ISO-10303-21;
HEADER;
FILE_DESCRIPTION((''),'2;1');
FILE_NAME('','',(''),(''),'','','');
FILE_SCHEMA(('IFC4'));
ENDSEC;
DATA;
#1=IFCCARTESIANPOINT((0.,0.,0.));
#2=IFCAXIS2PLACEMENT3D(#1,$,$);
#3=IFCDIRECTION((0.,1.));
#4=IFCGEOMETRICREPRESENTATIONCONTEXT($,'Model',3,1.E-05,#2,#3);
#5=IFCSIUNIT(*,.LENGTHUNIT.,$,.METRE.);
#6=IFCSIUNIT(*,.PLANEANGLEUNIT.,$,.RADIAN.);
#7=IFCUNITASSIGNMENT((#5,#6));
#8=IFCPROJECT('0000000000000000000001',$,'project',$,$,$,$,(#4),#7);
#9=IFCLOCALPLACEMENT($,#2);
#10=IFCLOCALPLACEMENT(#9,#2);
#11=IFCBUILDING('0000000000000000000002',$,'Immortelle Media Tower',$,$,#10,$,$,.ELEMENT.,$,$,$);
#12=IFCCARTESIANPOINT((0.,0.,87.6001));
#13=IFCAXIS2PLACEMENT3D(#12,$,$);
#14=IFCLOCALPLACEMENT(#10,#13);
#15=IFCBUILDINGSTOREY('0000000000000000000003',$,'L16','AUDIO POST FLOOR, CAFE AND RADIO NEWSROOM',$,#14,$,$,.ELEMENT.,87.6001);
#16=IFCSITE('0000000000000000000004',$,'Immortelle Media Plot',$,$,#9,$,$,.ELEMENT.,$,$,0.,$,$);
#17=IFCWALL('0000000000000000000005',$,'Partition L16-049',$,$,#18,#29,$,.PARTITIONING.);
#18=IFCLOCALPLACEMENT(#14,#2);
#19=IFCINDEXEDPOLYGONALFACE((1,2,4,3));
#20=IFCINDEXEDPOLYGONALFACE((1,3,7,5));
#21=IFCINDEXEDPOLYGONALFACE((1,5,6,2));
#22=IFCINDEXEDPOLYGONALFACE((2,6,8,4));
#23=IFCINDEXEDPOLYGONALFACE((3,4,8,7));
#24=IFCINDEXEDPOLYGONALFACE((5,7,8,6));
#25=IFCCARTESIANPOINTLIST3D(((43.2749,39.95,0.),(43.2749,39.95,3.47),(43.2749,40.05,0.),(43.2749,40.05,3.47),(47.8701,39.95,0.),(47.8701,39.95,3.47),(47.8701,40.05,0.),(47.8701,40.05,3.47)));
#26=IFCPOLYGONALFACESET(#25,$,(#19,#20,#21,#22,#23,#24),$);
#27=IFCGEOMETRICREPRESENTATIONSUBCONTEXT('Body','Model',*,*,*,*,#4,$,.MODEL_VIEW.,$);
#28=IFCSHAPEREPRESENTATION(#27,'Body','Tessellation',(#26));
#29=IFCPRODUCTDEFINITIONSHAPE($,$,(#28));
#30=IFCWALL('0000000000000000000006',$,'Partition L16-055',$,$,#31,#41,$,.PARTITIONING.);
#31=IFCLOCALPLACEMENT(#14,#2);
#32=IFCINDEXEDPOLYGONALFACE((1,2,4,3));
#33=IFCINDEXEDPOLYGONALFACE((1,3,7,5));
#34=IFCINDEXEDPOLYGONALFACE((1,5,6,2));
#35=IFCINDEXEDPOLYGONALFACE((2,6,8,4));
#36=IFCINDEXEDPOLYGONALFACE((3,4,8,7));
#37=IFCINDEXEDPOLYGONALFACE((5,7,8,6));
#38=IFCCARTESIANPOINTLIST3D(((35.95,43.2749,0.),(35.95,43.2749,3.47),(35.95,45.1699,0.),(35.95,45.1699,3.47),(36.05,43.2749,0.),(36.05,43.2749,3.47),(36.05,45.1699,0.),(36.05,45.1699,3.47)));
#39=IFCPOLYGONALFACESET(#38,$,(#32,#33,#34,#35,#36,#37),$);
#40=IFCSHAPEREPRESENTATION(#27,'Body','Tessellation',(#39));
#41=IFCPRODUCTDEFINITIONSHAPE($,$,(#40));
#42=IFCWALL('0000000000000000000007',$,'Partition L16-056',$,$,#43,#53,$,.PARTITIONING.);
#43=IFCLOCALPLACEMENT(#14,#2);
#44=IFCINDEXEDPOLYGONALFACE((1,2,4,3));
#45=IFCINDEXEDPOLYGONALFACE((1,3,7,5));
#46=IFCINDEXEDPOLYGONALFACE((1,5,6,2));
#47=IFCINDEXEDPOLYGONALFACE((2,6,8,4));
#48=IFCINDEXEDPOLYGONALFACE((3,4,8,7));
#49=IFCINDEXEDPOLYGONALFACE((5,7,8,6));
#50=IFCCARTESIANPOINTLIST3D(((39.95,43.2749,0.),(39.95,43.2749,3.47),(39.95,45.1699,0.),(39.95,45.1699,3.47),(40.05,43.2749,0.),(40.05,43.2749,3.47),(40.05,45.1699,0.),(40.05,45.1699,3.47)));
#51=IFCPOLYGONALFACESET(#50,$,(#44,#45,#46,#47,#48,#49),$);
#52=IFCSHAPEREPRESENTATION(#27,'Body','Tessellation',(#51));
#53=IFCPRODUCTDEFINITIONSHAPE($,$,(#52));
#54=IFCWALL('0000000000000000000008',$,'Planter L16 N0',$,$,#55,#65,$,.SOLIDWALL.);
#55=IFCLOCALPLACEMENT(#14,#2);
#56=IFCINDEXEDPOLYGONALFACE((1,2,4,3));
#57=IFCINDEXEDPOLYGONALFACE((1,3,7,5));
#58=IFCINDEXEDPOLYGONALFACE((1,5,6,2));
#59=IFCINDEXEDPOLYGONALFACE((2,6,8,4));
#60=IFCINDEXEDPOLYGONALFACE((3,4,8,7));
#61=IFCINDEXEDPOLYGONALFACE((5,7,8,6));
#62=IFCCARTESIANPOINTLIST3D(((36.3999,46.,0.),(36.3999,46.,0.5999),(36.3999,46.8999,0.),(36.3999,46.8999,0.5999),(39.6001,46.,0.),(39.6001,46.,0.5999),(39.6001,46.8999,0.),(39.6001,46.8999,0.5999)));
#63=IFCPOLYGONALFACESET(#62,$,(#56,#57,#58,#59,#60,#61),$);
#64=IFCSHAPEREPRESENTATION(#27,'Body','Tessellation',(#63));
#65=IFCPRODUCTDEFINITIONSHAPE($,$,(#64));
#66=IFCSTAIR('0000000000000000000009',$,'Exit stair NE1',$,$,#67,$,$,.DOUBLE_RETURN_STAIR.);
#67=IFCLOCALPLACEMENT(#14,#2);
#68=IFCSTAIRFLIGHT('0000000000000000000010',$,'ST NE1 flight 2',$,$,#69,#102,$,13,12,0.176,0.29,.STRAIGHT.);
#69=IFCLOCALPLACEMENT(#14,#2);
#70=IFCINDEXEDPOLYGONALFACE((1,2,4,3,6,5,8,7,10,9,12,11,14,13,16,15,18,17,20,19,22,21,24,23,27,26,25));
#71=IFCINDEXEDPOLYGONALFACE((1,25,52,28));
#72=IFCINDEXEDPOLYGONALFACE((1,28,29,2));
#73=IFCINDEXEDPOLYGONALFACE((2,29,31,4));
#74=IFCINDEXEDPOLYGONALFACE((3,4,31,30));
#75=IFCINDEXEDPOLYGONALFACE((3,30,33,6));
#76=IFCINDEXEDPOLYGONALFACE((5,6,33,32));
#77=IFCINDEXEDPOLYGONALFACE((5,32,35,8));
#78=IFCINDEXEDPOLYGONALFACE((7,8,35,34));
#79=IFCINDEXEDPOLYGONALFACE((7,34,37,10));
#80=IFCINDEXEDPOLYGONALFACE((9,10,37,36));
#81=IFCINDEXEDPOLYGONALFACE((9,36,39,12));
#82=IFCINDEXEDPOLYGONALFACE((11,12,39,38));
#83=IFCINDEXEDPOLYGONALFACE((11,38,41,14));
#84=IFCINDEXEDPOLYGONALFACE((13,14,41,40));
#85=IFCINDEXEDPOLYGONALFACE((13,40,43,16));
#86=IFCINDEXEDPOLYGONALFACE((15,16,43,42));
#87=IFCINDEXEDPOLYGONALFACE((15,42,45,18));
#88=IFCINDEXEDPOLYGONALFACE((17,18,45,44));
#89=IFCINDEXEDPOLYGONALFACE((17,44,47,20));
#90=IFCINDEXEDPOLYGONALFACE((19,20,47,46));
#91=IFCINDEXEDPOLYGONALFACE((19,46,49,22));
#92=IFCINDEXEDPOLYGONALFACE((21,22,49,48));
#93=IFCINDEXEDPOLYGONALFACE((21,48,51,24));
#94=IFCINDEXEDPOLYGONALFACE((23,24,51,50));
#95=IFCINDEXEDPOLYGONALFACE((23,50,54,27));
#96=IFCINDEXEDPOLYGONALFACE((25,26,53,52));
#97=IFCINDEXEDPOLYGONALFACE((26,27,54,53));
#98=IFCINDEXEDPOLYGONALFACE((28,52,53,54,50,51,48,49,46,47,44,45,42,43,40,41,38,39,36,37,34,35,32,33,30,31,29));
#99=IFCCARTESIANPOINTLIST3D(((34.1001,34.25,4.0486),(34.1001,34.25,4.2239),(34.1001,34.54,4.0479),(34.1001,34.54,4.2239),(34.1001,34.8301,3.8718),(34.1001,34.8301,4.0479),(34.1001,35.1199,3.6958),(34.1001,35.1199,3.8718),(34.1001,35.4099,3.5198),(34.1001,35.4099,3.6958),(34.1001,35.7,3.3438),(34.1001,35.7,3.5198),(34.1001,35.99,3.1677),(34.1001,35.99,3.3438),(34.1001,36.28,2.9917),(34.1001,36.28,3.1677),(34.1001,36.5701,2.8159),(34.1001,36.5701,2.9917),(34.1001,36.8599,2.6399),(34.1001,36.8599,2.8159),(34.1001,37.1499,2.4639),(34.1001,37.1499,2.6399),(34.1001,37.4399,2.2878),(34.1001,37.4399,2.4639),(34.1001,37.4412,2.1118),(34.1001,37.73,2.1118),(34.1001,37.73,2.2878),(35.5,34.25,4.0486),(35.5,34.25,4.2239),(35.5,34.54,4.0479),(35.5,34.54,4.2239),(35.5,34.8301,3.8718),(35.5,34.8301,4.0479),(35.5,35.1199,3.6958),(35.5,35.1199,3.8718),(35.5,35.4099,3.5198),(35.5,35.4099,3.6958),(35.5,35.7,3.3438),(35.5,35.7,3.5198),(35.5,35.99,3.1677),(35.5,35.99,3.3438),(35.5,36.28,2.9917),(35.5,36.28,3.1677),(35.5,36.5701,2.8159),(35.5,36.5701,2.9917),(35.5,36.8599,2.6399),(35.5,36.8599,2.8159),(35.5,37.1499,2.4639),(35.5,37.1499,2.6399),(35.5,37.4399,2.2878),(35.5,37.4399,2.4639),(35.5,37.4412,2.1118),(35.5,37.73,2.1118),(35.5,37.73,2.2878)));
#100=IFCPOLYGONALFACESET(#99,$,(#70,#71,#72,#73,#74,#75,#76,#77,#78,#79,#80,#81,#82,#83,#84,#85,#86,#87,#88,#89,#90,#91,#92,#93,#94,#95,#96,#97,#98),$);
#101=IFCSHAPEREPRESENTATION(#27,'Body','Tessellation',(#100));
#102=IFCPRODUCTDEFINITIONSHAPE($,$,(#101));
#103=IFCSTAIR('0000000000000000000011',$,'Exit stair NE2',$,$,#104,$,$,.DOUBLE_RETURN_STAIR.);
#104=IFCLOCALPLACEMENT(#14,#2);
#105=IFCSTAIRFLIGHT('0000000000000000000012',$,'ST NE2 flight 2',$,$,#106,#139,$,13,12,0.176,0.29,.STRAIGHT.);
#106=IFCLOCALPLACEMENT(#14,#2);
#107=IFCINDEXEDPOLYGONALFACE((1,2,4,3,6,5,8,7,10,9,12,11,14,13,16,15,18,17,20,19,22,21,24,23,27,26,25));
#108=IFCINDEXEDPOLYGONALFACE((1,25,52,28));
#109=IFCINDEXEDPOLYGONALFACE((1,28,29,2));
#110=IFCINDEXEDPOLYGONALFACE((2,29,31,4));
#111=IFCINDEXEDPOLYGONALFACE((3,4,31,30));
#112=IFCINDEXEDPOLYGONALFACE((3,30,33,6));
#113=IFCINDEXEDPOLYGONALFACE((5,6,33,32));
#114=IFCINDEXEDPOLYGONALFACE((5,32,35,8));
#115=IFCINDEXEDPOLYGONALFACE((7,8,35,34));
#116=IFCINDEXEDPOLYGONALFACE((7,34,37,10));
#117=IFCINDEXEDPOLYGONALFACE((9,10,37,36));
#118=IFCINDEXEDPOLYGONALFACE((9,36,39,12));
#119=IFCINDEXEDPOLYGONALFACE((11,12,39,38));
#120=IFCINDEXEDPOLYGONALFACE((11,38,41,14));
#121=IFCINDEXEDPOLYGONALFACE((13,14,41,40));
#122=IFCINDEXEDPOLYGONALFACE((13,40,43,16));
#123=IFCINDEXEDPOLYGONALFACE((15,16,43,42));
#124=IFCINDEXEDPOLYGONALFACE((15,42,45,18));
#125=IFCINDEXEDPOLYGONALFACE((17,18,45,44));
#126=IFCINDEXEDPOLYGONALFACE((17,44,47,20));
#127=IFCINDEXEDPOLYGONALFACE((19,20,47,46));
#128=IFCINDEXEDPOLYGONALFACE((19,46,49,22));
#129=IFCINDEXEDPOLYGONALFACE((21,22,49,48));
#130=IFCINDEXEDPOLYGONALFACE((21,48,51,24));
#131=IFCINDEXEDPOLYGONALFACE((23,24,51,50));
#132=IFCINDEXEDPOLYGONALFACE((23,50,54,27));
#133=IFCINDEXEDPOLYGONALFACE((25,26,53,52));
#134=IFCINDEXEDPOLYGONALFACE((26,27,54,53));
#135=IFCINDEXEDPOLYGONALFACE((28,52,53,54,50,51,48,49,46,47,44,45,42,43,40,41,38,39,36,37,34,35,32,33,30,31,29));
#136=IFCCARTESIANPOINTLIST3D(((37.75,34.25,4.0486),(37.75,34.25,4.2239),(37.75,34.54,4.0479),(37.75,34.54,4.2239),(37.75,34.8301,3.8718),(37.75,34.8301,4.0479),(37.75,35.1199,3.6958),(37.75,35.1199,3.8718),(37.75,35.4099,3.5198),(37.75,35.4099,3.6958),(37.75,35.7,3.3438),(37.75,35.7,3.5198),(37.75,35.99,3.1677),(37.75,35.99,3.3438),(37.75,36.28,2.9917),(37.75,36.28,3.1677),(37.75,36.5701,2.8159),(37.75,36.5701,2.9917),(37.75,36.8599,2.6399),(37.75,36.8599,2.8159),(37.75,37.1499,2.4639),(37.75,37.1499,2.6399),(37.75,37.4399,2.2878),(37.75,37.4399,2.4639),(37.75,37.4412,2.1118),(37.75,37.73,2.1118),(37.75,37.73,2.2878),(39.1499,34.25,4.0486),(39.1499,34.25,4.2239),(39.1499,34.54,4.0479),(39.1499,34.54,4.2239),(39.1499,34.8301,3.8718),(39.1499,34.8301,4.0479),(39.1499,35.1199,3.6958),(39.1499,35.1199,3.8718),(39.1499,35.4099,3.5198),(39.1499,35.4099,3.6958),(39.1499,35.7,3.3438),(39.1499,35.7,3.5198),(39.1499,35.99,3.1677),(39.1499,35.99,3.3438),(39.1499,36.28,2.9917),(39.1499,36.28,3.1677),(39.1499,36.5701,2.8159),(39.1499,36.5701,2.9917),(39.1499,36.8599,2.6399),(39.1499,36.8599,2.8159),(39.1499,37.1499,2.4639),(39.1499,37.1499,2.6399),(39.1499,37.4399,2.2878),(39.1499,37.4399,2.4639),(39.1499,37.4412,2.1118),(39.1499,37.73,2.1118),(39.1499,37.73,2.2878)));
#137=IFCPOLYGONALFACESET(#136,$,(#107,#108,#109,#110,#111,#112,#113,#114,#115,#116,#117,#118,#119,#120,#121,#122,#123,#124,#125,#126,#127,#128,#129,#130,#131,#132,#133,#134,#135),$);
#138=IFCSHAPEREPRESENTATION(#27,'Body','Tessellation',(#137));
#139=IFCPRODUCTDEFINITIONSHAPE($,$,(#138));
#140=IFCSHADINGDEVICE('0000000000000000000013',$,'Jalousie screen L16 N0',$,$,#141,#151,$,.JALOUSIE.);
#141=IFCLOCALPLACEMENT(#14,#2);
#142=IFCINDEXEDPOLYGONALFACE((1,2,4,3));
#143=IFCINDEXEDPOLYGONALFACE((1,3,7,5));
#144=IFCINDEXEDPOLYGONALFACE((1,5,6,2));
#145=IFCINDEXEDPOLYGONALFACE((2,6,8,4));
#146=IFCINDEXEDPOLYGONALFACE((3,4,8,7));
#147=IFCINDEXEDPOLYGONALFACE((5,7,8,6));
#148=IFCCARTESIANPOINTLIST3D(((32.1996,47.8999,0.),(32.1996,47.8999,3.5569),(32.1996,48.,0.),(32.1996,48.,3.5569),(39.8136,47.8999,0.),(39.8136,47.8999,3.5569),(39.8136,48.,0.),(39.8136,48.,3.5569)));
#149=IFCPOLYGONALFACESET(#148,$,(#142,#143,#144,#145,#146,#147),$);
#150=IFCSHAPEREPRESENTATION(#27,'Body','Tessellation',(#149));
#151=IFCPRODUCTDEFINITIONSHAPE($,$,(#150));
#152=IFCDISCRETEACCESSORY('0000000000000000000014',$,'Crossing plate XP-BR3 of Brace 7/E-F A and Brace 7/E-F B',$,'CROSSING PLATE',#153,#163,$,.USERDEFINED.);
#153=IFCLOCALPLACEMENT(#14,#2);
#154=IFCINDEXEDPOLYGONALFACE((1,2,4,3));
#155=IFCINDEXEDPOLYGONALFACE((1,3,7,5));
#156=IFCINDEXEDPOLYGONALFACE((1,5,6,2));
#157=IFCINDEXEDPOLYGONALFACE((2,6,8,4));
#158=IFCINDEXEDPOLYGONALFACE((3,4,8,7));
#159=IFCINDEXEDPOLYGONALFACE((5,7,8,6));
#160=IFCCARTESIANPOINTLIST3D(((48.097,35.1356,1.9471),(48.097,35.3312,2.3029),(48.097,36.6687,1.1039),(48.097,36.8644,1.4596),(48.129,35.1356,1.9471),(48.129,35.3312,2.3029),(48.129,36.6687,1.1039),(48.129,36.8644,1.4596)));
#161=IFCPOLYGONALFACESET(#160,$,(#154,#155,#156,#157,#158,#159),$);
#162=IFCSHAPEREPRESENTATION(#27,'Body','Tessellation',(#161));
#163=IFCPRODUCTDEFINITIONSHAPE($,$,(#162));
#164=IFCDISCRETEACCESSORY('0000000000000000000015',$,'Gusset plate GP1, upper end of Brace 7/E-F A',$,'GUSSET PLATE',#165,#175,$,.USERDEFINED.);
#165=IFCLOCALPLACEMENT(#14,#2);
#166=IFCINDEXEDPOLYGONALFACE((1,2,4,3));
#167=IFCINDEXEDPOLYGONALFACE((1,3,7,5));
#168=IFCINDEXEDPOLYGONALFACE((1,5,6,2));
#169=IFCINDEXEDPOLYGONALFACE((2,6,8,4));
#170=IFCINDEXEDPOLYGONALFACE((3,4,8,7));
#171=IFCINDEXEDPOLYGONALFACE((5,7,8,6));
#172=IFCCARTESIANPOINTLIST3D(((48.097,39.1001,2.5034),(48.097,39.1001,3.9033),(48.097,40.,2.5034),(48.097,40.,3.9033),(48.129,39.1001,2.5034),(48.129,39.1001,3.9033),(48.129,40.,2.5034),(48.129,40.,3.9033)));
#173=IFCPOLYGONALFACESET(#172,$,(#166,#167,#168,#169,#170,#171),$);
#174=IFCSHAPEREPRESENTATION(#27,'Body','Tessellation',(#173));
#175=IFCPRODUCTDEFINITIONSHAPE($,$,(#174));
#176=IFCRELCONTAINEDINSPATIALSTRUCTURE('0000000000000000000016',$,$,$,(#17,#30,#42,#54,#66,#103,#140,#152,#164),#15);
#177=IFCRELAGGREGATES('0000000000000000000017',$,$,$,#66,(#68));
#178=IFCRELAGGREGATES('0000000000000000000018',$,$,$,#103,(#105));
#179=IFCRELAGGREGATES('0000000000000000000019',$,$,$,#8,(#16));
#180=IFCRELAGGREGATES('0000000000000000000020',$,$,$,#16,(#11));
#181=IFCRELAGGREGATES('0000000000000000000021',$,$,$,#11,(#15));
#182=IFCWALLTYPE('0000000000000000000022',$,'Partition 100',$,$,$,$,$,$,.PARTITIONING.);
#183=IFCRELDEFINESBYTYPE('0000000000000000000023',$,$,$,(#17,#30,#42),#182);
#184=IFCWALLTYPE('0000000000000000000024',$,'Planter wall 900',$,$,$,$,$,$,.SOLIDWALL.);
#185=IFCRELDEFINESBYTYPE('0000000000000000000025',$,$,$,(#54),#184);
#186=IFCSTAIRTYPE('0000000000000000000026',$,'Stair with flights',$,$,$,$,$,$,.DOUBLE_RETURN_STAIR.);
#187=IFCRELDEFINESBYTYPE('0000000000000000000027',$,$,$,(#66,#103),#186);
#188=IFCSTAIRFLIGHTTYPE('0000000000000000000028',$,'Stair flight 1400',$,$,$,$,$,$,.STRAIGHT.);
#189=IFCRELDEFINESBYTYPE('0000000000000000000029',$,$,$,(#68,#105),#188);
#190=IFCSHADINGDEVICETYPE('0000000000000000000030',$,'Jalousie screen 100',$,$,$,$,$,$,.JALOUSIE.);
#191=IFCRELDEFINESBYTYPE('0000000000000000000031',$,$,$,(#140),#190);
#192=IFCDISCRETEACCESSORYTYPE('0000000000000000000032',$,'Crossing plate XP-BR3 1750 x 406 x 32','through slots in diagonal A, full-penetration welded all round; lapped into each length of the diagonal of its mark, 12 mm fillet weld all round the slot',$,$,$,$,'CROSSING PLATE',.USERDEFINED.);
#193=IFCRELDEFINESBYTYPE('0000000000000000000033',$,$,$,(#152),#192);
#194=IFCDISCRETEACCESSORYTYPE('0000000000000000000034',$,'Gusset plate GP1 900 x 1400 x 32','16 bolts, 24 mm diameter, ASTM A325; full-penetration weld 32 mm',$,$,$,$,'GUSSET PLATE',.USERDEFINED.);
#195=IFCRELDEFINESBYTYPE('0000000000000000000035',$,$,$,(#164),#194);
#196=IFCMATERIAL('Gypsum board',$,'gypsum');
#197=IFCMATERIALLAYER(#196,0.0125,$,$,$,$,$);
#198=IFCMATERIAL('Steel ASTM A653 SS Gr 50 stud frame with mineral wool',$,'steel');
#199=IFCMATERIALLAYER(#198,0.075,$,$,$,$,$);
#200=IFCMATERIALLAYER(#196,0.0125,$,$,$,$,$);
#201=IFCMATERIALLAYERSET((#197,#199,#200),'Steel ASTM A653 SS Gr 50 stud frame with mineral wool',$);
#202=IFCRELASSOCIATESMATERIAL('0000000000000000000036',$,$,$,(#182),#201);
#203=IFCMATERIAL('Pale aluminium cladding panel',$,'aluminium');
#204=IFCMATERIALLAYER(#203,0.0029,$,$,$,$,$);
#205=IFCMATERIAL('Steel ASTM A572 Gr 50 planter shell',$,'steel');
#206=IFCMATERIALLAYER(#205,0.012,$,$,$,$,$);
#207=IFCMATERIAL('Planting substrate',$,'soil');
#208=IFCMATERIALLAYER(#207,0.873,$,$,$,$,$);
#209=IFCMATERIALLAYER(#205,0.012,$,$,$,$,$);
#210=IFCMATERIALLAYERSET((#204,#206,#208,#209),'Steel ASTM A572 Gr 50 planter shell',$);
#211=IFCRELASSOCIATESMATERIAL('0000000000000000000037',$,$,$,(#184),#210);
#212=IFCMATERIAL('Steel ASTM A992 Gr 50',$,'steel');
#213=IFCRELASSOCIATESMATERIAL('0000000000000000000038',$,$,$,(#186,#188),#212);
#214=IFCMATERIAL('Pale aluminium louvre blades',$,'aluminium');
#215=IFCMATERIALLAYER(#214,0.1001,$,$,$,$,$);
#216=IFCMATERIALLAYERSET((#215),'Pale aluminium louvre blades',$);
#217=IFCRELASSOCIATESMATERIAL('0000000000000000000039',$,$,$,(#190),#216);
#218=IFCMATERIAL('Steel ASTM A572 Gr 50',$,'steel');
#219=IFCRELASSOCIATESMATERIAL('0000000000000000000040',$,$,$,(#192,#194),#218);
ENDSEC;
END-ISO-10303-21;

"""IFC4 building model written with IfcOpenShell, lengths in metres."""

from ifc_helpers import new_model, si_unit, direction, frame, frame_2d, origin, origin_2d, place, context, subcontext, project, spatial, polyline, rectangle, outline, extrude, material, layer, layer_set, material_profile, profile_set, type_object, element, aggregate, save


model = new_model("IFC4")

# Units and contexts
model_context = context("Model", 3, precision=1e-05, world=origin(), true_north=direction((0.0, 1.0)))
body_context = subcontext(model_context, "Body", "Model", "MODEL_VIEW")
ifc_project = project(units=[si_unit("LENGTHUNIT", "METRE"), si_unit("PLANEANGLEUNIT", "RADIAN")], contexts=[model_context])

# Site, building, storey
site_placement = place(None, origin())
site = spatial("IfcSite", under=ifc_project, at=site_placement, Name="Immortelle Media Plot", CompositionType="ELEMENT", RefElevation=0.0)
building_placement = place(site_placement, origin())
building = spatial("IfcBuilding", under=site, at=building_placement, Name="Immortelle Media Tower", CompositionType="ELEMENT")
storey_placement = place(building_placement, frame((0.0, 0.0, 87.6001)))
storey = spatial("IfcBuildingStorey", under=building, at=storey_placement, Name="L16", Description="AUDIO POST FLOOR, CAFE AND RADIO NEWSROOM", CompositionType="ELEMENT", Elevation=87.6001)

# Shared definitions
ifc_material_1 = material(Name="Steel ASTM A992 Gr 50", Category="steel")

# Shared definitions
ifc_material_2 = material(Name="Pale aluminium cladding panel", Category="aluminium")
ifc_material_3 = material(Name="Steel ASTM A653 SS Gr 50 stud frame with mineral wool", Category="steel")

# Walls
ifc_material_4 = material(Name="Gypsum board", Category="gypsum")
ifc_layer_1 = layer(ifc_material_4, 0.0125)
ifc_layer_2 = layer(ifc_material_3, 0.075)
ifc_layer_3 = layer(ifc_material_4, 0.0125)
ifc_layer_set_1 = layer_set([ifc_layer_1, ifc_layer_2, ifc_layer_3], Name="Steel ASTM A653 SS Gr 50 stud frame with mineral wool")
wall_type_1 = type_object("IfcWallType", Name="Partition 100", PredefinedType="PARTITIONING", material=ifc_layer_set_1)
for number, where, z_axis, x_axis, name in (
    (1, (43.2749, 40.0, 0.0), (0.0, 0.0, 1.0), (1.0, 0.0, 0.0), "Partition L16-049"),
):
    element("IfcWall", number, at=place(storey_placement, frame(where, z_axis=z_axis, x_axis=x_axis)), inside=storey, type_object=wall_type_1, Name=name, PredefinedType="PARTITIONING", context=body_context, shape_type="SweptSolid", body=[
        extrude(rectangle(XDim=4.5952, YDim=0.1001, at=frame_2d((2.2976, 0.0))), origin(), (0.0, 0.0, 1.0), 3.47),
    ])
for number, where, z_axis, x_axis, name in (
    (2, (36.0, 43.2749, 0.0), (0.0, 0.0, 1.0), (0.0, 1.0, 0.0), "Partition L16-055"),
    (3, (40.0, 43.2749, 0.0), (0.0, 0.0, 1.0), (0.0, 1.0, 0.0), "Partition L16-056"),
):
    element("IfcWall", number, at=place(storey_placement, frame(where, z_axis=z_axis, x_axis=x_axis)), inside=storey, type_object=wall_type_1, Name=name, PredefinedType="PARTITIONING", context=body_context, shape_type="SweptSolid", body=[
        extrude(rectangle(XDim=1.895, YDim=0.1001, at=frame_2d((0.9475, 0.0))), origin(), (0.0, 0.0, 1.0), 3.47),
    ])
ifc_layer_4 = layer(ifc_material_2, 0.0029)
ifc_material_5 = material(Name="Steel ASTM A572 Gr 50 planter shell", Category="steel")
ifc_layer_5 = layer(ifc_material_5, 0.012)
ifc_material_6 = material(Name="Planting substrate", Category="soil")
ifc_layer_6 = layer(ifc_material_6, 0.873)
ifc_layer_7 = layer(ifc_material_5, 0.012)
ifc_layer_set_2 = layer_set([ifc_layer_4, ifc_layer_5, ifc_layer_6, ifc_layer_7], Name="Steel ASTM A572 Gr 50 planter shell")
wall_type_2 = type_object("IfcWallType", Name="Planter wall 900", PredefinedType="SOLIDWALL", material=ifc_layer_set_2)
wall_1_placement = place(storey_placement, frame((39.6001, 46.45, 0.0), z_axis=(0.0, 0.0, 1.0), x_axis=(-1.0, 0.0, 0.0)))
element("IfcWall", 4, at=wall_1_placement, inside=storey, type_object=wall_type_2, Name="Planter L16 N0", PredefinedType="SOLIDWALL", context=body_context, shape_type="SweptSolid", body=[
    extrude(rectangle(XDim=3.2002, YDim=0.8999, at=frame_2d((1.6001, 0.0))), origin(), (0.0, 0.0, 1.0), 0.5999),
])

# Stairs, stair flights
stair_type = type_object("IfcStairType", Name="Stair with flights", PredefinedType="DOUBLE_RETURN_STAIR", material=ifc_material_1)
stair_1_placement = place(storey_placement, origin())
stair_1 = element("IfcStair", 5, at=stair_1_placement, inside=storey, type_object=stair_type, Name="Exit stair NE1", PredefinedType="DOUBLE_RETURN_STAIR")
stair_flight_type = type_object("IfcStairFlightType", Name="Stair flight 1400", PredefinedType="STRAIGHT", material=ifc_material_1)
stair_flight_1_placement = place(storey_placement, frame((34.8, 37.73, 2.1118), z_axis=(0.0, 0.0, 1.0), x_axis=(0.0, -1.0, 0.0)))
stair_flight_1 = element("IfcStairFlight", 6, at=stair_flight_1_placement, type_object=stair_flight_type, Name="ST NE1 flight 2", NumberOfRisers=13, NumberOfTreads=12, PredefinedType="STRAIGHT", RiserHeight=0.176, TreadLength=0.29, context=body_context, shape_type="SweptSolid", body=[
    extrude(outline(polyline([(0.0, 0.0), (0.0, 0.176), (0.29, 0.176), (0.29, 0.3521), (0.5801, 0.3521), (0.5801, 0.5281), (0.8701, 0.5281), (0.8701, 0.7041), (1.1599, 0.7041), (1.1599, 0.8799), (1.45, 0.8799), (1.45, 1.0559), (1.74, 1.0559), (1.74, 1.2319), (2.03, 1.2319), (2.03, 1.408), (2.3201, 1.408), (2.3201, 1.584), (2.6101, 1.584), (2.6101, 1.76), (2.8999, 1.76), (2.8999, 1.936), (3.1899, 1.936), (3.1899, 2.1121), (3.48, 2.1121), (3.48, 2.2881), (3.48, 1.9368), (0.2888, 0.0), (0.0, 0.0)])), frame((0.0, 0.7, 0.0), z_axis=(0.0, -1.0, 0.0), x_axis=(1.0, 0.0, 0.0)), (0.0, 0.0, 1.0), 1.3999),
])
aggregate(stair_1, [stair_flight_1])
stair_2_placement = place(storey_placement, origin())
stair_2 = element("IfcStair", 7, at=stair_2_placement, inside=storey, type_object=stair_type, Name="Exit stair NE2", PredefinedType="DOUBLE_RETURN_STAIR")
stair_flight_2_placement = place(storey_placement, frame((38.45, 37.73, 2.1118), z_axis=(0.0, 0.0, 1.0), x_axis=(0.0, -1.0, 0.0)))
stair_flight_2 = element("IfcStairFlight", 8, at=stair_flight_2_placement, type_object=stair_flight_type, Name="ST NE2 flight 2", NumberOfRisers=13, NumberOfTreads=12, PredefinedType="STRAIGHT", RiserHeight=0.176, TreadLength=0.29, context=body_context, shape_type="SweptSolid", body=[
    extrude(outline(polyline([(0.0, 0.0), (0.0, 0.176), (0.29, 0.176), (0.29, 0.3521), (0.5801, 0.3521), (0.5801, 0.5281), (0.8701, 0.5281), (0.8701, 0.7041), (1.1599, 0.7041), (1.1599, 0.8799), (1.45, 0.8799), (1.45, 1.0559), (1.74, 1.0559), (1.74, 1.2319), (2.03, 1.2319), (2.03, 1.408), (2.3201, 1.408), (2.3201, 1.584), (2.6101, 1.584), (2.6101, 1.76), (2.8999, 1.76), (2.8999, 1.936), (3.1899, 1.936), (3.1899, 2.1121), (3.48, 2.1121), (3.48, 2.2881), (3.48, 1.9368), (0.2888, 0.0), (0.0, 0.0)])), frame((0.0, 0.7, 0.0), z_axis=(0.0, -1.0, 0.0), x_axis=(1.0, 0.0, 0.0)), (0.0, 0.0, 1.0), 1.3999),
])
aggregate(stair_2, [stair_flight_2])

# Shading device
ifc_material_7 = material(Name="Pale aluminium louvre blades", Category="aluminium")
ifc_layer_8 = layer(ifc_material_7, 0.1001)
ifc_layer_set_3 = layer_set([ifc_layer_8], Name="Pale aluminium louvre blades")
shading_device_type = type_object("IfcShadingDeviceType", Name="Jalousie screen 100", PredefinedType="JALOUSIE", material=ifc_layer_set_3)
shading_device_placement = place(storey_placement, frame((36.0066, 47.95, 0.0), z_axis=(0.0, 0.0, 1.0), x_axis=(-1.0, 0.0, 0.0)))
element("IfcShadingDevice", 9, at=shading_device_placement, inside=storey, type_object=shading_device_type, Name="Jalousie screen L16 N0", PredefinedType="JALOUSIE", context=body_context, shape_type="SweptSolid", body=[
    extrude(rectangle(XDim=7.614, YDim=0.1001, at=origin_2d()), origin(), (0.0, 0.0, 1.0), 3.5569),
])

# Discrete accessories
ifc_material_8 = material(Name="Steel ASTM A572 Gr 50", Category="steel")
ifc_material_profile_1 = material_profile(ifc_material_8, rectangle(XDim=0.032, YDim=0.406, at=origin_2d()), Name="PL 32 x 406")
ifc_profile_set_1 = profile_set([ifc_material_profile_1], Name="Steel ASTM A572 Gr 50")
discrete_accessory_type_1 = type_object("IfcDiscreteAccessoryType", Name="Crossing plate XP-BR3 1750 x 406 x 32", Description="through slots in diagonal A, full-penetration welded all round; lapped into each length of the diagonal of its mark, 12 mm fillet weld all round the slot", ElementType="CROSSING PLATE", PredefinedType="USERDEFINED", material=ifc_profile_set_1)
discrete_accessory_placement = place(storey_placement, frame((48.113, 35.2334, 2.125), z_axis=(0.0, 0.876216, -0.481919), x_axis=(-1.0, 0.0, 0.0)))
element("IfcDiscreteAccessory", 10, at=discrete_accessory_placement, inside=storey, type_object=discrete_accessory_type_1, Name="Crossing plate XP-BR3 of Brace 7/E-F A and Brace 7/E-F B", ObjectType="CROSSING PLATE", PredefinedType="USERDEFINED", context=body_context, shape_type="SweptSolid", body=[
    extrude(rectangle(XDim=0.032, YDim=0.406, at=origin_2d()), origin(), (0.0, 0.0, 1.0), 1.7498),
])
ifc_material_profile_2 = material_profile(ifc_material_8, rectangle(XDim=0.032, YDim=1.3999, at=origin_2d()), Name="PL 32 x 1400")
ifc_profile_set_2 = profile_set([ifc_material_profile_2], Name="Steel ASTM A572 Gr 50")
discrete_accessory_type_2 = type_object("IfcDiscreteAccessoryType", Name="Gusset plate GP1 900 x 1400 x 32", Description="16 bolts, 24 mm diameter, ASTM A325; full-penetration weld 32 mm", ElementType="GUSSET PLATE", PredefinedType="USERDEFINED", material=ifc_profile_set_2)
for number, where, z_axis, x_axis, name in (
    (11, (48.113, 40.0, 3.2034), (0.0, -1.0, 0.0), (1.0, 0.0, 0.0), "Gusset plate GP1, upper end of Brace 7/E-F A"),
):
    element("IfcDiscreteAccessory", number, at=place(storey_placement, frame(where, z_axis=z_axis, x_axis=x_axis)), inside=storey, type_object=discrete_accessory_type_2, Name=name, ObjectType="GUSSET PLATE", PredefinedType="USERDEFINED", context=body_context, shape_type="SweptSolid", body=[
        extrude(rectangle(XDim=0.032, YDim=1.3999, at=origin_2d()), origin(), (0.0, 0.0, 1.0), 0.8999),
    ])

save(model, "model.ifc")
